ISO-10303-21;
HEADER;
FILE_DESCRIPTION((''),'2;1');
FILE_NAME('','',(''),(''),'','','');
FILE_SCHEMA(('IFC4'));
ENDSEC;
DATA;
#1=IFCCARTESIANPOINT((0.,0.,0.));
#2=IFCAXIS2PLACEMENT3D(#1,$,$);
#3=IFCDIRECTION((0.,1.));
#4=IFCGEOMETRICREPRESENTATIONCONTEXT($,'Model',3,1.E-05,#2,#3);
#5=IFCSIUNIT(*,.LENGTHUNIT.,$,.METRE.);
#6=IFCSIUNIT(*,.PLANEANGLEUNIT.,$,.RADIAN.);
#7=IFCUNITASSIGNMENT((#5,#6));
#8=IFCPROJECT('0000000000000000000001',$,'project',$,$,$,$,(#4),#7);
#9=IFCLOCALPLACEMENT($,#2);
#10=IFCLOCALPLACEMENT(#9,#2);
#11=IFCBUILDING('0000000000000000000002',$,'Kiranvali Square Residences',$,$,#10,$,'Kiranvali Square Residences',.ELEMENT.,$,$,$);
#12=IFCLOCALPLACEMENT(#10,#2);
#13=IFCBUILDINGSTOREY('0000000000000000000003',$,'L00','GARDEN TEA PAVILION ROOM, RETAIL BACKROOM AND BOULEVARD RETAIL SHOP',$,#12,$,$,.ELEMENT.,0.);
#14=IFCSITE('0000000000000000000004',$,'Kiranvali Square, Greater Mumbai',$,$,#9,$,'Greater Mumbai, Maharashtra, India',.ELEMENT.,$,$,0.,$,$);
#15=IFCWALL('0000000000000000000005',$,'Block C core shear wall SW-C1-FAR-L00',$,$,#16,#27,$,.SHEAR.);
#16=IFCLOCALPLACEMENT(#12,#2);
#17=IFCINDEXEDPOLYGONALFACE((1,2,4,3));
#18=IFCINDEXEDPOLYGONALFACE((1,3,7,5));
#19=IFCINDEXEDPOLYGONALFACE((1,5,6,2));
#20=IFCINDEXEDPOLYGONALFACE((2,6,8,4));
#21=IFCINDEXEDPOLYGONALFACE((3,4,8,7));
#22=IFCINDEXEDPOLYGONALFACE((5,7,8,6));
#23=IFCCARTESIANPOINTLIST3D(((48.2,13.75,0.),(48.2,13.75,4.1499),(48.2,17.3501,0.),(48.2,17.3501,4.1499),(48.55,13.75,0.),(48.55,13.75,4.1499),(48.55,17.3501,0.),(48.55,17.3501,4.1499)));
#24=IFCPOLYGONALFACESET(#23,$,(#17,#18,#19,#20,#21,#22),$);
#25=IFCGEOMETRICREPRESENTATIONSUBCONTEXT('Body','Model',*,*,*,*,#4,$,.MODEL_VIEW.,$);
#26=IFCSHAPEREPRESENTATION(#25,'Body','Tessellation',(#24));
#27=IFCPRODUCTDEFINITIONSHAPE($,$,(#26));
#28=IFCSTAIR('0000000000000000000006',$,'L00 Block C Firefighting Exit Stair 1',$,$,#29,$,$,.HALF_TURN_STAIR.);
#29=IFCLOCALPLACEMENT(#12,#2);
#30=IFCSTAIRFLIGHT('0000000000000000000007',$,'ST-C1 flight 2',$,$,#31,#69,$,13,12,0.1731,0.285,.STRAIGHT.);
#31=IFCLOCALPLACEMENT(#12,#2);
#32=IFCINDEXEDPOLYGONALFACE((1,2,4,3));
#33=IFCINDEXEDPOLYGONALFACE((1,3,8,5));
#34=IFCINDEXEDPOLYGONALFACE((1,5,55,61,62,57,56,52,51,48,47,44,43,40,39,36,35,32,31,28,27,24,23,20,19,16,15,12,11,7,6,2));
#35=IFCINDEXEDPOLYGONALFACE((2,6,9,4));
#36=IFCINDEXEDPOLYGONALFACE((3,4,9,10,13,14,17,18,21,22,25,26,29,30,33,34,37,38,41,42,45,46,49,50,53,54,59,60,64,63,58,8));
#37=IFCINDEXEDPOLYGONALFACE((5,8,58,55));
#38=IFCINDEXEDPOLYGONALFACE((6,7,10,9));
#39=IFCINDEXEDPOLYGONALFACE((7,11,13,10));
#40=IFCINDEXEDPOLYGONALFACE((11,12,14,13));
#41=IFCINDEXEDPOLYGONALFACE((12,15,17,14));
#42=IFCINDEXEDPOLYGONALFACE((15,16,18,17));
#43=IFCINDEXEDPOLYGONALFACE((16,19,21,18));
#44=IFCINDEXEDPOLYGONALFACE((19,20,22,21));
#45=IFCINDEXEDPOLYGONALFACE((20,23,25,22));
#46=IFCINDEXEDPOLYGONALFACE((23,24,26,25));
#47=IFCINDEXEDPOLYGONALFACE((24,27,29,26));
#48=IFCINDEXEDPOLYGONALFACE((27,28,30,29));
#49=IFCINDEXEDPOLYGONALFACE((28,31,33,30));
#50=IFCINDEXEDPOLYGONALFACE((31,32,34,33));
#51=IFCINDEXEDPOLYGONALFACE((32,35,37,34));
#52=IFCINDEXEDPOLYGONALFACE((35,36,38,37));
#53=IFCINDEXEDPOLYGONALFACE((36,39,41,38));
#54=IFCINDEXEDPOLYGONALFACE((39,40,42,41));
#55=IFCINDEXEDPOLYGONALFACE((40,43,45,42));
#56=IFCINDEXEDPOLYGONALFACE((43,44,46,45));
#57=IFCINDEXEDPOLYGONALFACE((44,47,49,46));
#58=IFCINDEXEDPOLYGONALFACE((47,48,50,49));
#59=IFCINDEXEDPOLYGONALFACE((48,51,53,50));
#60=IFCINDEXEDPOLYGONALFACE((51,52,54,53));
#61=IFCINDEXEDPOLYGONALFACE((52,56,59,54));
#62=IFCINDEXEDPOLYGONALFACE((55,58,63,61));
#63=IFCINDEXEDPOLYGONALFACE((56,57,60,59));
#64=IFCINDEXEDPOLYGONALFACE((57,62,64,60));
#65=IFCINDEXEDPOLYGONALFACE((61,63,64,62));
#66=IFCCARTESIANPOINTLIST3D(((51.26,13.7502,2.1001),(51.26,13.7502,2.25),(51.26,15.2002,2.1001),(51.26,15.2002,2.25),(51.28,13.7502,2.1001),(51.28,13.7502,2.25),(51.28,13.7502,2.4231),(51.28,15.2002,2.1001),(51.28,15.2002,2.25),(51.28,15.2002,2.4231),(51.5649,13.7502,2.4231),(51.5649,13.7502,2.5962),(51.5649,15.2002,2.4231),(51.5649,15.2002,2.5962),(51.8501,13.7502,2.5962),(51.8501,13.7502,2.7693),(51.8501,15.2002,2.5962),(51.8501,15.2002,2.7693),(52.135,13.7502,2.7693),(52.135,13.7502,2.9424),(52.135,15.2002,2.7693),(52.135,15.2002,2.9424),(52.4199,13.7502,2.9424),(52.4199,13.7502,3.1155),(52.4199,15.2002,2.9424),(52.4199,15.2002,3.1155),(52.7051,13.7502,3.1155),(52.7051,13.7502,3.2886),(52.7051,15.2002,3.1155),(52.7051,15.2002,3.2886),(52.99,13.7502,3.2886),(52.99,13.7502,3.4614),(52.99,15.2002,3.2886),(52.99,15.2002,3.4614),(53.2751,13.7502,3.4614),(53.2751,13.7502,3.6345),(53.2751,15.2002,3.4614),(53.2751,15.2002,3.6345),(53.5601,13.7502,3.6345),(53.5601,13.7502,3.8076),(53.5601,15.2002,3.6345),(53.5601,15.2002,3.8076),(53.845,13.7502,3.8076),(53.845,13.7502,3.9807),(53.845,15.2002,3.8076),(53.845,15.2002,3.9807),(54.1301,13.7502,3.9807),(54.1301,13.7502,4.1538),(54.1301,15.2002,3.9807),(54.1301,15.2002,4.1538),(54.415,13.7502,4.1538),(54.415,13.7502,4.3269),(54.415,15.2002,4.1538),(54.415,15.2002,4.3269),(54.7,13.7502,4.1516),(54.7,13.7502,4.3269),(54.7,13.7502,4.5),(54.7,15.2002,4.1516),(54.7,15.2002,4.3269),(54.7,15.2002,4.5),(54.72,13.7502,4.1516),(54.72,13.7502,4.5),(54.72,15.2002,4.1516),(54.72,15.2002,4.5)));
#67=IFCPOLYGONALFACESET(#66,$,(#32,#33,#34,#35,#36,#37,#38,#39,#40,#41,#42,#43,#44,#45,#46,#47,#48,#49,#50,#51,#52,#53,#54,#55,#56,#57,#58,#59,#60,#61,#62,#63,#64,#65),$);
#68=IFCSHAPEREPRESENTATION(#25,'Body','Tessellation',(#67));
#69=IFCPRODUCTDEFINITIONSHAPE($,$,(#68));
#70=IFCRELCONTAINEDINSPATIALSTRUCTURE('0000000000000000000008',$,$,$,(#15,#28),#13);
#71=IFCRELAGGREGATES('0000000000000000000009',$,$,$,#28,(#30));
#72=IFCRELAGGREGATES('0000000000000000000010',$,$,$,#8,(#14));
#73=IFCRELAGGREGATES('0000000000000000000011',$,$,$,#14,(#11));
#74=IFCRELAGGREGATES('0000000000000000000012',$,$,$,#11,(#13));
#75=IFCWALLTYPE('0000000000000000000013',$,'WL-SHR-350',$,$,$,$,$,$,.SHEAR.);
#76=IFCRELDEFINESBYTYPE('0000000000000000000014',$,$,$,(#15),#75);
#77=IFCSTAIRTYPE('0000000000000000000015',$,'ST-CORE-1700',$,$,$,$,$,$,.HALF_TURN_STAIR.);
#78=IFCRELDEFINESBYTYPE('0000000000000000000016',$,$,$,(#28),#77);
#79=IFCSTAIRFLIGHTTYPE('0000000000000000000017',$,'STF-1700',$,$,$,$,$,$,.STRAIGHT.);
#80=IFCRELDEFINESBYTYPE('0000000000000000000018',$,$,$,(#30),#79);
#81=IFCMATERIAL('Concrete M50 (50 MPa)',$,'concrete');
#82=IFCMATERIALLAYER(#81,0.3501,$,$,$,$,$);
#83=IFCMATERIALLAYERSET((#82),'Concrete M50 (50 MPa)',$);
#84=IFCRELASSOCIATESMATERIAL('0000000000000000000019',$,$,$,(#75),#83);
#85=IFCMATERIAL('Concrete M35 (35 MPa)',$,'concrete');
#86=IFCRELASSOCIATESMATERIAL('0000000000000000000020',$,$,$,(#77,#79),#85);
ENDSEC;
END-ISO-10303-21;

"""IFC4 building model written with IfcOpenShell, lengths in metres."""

from ifc_helpers import new_model, si_unit, direction, frame, frame_2d, origin, place, context, subcontext, project, spatial, polyline, rectangle, outline, extrude, material, layer, layer_set, type_object, element, aggregate, save


model = new_model("IFC4")

# Units and contexts
model_context = context("Model", 3, precision=1e-05, world=origin(), true_north=direction((0.0, 1.0)))
body_context = subcontext(model_context, "Body", "Model", "MODEL_VIEW")
ifc_project = project(units=[si_unit("LENGTHUNIT", "METRE"), si_unit("PLANEANGLEUNIT", "RADIAN")], contexts=[model_context])

# Site, building, storey
site_placement = place(None, origin())
site = spatial("IfcSite", under=ifc_project, at=site_placement, Name="Kiranvali Square, Greater Mumbai", LongName="Greater Mumbai, Maharashtra, India", CompositionType="ELEMENT", RefElevation=0.0)
building_placement = place(site_placement, origin())
building = spatial("IfcBuilding", under=site, at=building_placement, Name="Kiranvali Square Residences", LongName="Kiranvali Square Residences", CompositionType="ELEMENT")
storey_placement = place(building_placement, origin())
storey = spatial("IfcBuildingStorey", under=building, at=storey_placement, Name="L00", Description="GARDEN TEA PAVILION ROOM, RETAIL BACKROOM AND BOULEVARD RETAIL SHOP", CompositionType="ELEMENT", Elevation=0.0)

# Shared definitions
ifc_material_1 = material(Name="Concrete M50 (50 MPa)", Category="concrete")

# Shared definitions
ifc_layer_1 = layer(ifc_material_1, 0.3501)
ifc_layer_set_1 = layer_set([ifc_layer_1], Name="Concrete M50 (50 MPa)")
wall_type_1 = type_object("IfcWallType", Name="WL-SHR-350", PredefinedType="SHEAR", material=ifc_layer_set_1)

# Wall
wall_1_placement = place(storey_placement, frame((48.375, 17.3501, 0.0), z_axis=(0.0, 0.0, 1.0), x_axis=(0.0, -1.0, 0.0)))
element("IfcWall", 1, at=wall_1_placement, inside=storey, type_object=wall_type_1, Name="Block C core shear wall SW-C1-FAR-L00", PredefinedType="SHEAR", context=body_context, shape_type="SweptSolid", body=[
    extrude(rectangle(XDim=3.6001, YDim=0.3501, at=frame_2d((1.8, 0.0))), origin(), (0.0, 0.0, 1.0), 4.1499),
])

# Stair, stair flight
ifc_material_2 = material(Name="Concrete M35 (35 MPa)", Category="concrete")
stair_type = type_object("IfcStairType", Name="ST-CORE-1700", PredefinedType="HALF_TURN_STAIR", material=ifc_material_2)
stair_placement = place(storey_placement, origin())
stair = element("IfcStair", 2, at=stair_placement, inside=storey, type_object=stair_type, Name="L00 Block C Firefighting Exit Stair 1", PredefinedType="HALF_TURN_STAIR")
stair_flight_type = type_object("IfcStairFlightType", Name="STF-1700", PredefinedType="STRAIGHT", material=ifc_material_2)
stair_flight_placement = place(storey_placement, frame((51.28, 14.4751, 2.25), z_axis=(0.0, 0.0, 1.0), x_axis=(1.0, 0.0, 0.0)))
stair_flight = element("IfcStairFlight", 3, at=stair_flight_placement, type_object=stair_flight_type, Name="ST-C1 flight 2", NumberOfRisers=13, NumberOfTreads=12, PredefinedType="STRAIGHT", RiserHeight=0.1731, TreadLength=0.285, context=body_context, shape_type="SweptSolid", body=[
    extrude(outline(polyline([(-0.02, -0.1499), (-0.02, 0.0), (0.0, 0.0), (0.0, 0.1731), (0.2849, 0.1731), (0.2849, 0.3462), (0.5701, 0.3462), (0.5701, 0.5193), (0.855, 0.5193), (0.855, 0.6924), (1.1399, 0.6924), (1.1399, 0.8655), (1.425, 0.8655), (1.425, 1.0386), (1.71, 1.0386), (1.71, 1.2114), (1.9951, 1.2114), (1.9951, 1.3845), (2.28, 1.3845), (2.28, 1.5576), (2.5649, 1.5576), (2.5649, 1.7307), (2.8501, 1.7307), (2.8501, 1.9038), (3.135, 1.9038), (3.135, 2.0769), (3.4199, 2.0769), (3.4199, 2.25), (3.4399, 2.25), (3.4399, 1.9016), (3.4199, 1.9016), (0.0, -0.1499), (-0.02, -0.1499)])), frame((0.0, 0.7251, 0.0), z_axis=(0.0, -1.0, 0.0), x_axis=(1.0, 0.0, 0.0)), (0.0, 0.0, 1.0), 1.45),
])
aggregate(stair, [stair_flight])

save(model, "model.ifc")
